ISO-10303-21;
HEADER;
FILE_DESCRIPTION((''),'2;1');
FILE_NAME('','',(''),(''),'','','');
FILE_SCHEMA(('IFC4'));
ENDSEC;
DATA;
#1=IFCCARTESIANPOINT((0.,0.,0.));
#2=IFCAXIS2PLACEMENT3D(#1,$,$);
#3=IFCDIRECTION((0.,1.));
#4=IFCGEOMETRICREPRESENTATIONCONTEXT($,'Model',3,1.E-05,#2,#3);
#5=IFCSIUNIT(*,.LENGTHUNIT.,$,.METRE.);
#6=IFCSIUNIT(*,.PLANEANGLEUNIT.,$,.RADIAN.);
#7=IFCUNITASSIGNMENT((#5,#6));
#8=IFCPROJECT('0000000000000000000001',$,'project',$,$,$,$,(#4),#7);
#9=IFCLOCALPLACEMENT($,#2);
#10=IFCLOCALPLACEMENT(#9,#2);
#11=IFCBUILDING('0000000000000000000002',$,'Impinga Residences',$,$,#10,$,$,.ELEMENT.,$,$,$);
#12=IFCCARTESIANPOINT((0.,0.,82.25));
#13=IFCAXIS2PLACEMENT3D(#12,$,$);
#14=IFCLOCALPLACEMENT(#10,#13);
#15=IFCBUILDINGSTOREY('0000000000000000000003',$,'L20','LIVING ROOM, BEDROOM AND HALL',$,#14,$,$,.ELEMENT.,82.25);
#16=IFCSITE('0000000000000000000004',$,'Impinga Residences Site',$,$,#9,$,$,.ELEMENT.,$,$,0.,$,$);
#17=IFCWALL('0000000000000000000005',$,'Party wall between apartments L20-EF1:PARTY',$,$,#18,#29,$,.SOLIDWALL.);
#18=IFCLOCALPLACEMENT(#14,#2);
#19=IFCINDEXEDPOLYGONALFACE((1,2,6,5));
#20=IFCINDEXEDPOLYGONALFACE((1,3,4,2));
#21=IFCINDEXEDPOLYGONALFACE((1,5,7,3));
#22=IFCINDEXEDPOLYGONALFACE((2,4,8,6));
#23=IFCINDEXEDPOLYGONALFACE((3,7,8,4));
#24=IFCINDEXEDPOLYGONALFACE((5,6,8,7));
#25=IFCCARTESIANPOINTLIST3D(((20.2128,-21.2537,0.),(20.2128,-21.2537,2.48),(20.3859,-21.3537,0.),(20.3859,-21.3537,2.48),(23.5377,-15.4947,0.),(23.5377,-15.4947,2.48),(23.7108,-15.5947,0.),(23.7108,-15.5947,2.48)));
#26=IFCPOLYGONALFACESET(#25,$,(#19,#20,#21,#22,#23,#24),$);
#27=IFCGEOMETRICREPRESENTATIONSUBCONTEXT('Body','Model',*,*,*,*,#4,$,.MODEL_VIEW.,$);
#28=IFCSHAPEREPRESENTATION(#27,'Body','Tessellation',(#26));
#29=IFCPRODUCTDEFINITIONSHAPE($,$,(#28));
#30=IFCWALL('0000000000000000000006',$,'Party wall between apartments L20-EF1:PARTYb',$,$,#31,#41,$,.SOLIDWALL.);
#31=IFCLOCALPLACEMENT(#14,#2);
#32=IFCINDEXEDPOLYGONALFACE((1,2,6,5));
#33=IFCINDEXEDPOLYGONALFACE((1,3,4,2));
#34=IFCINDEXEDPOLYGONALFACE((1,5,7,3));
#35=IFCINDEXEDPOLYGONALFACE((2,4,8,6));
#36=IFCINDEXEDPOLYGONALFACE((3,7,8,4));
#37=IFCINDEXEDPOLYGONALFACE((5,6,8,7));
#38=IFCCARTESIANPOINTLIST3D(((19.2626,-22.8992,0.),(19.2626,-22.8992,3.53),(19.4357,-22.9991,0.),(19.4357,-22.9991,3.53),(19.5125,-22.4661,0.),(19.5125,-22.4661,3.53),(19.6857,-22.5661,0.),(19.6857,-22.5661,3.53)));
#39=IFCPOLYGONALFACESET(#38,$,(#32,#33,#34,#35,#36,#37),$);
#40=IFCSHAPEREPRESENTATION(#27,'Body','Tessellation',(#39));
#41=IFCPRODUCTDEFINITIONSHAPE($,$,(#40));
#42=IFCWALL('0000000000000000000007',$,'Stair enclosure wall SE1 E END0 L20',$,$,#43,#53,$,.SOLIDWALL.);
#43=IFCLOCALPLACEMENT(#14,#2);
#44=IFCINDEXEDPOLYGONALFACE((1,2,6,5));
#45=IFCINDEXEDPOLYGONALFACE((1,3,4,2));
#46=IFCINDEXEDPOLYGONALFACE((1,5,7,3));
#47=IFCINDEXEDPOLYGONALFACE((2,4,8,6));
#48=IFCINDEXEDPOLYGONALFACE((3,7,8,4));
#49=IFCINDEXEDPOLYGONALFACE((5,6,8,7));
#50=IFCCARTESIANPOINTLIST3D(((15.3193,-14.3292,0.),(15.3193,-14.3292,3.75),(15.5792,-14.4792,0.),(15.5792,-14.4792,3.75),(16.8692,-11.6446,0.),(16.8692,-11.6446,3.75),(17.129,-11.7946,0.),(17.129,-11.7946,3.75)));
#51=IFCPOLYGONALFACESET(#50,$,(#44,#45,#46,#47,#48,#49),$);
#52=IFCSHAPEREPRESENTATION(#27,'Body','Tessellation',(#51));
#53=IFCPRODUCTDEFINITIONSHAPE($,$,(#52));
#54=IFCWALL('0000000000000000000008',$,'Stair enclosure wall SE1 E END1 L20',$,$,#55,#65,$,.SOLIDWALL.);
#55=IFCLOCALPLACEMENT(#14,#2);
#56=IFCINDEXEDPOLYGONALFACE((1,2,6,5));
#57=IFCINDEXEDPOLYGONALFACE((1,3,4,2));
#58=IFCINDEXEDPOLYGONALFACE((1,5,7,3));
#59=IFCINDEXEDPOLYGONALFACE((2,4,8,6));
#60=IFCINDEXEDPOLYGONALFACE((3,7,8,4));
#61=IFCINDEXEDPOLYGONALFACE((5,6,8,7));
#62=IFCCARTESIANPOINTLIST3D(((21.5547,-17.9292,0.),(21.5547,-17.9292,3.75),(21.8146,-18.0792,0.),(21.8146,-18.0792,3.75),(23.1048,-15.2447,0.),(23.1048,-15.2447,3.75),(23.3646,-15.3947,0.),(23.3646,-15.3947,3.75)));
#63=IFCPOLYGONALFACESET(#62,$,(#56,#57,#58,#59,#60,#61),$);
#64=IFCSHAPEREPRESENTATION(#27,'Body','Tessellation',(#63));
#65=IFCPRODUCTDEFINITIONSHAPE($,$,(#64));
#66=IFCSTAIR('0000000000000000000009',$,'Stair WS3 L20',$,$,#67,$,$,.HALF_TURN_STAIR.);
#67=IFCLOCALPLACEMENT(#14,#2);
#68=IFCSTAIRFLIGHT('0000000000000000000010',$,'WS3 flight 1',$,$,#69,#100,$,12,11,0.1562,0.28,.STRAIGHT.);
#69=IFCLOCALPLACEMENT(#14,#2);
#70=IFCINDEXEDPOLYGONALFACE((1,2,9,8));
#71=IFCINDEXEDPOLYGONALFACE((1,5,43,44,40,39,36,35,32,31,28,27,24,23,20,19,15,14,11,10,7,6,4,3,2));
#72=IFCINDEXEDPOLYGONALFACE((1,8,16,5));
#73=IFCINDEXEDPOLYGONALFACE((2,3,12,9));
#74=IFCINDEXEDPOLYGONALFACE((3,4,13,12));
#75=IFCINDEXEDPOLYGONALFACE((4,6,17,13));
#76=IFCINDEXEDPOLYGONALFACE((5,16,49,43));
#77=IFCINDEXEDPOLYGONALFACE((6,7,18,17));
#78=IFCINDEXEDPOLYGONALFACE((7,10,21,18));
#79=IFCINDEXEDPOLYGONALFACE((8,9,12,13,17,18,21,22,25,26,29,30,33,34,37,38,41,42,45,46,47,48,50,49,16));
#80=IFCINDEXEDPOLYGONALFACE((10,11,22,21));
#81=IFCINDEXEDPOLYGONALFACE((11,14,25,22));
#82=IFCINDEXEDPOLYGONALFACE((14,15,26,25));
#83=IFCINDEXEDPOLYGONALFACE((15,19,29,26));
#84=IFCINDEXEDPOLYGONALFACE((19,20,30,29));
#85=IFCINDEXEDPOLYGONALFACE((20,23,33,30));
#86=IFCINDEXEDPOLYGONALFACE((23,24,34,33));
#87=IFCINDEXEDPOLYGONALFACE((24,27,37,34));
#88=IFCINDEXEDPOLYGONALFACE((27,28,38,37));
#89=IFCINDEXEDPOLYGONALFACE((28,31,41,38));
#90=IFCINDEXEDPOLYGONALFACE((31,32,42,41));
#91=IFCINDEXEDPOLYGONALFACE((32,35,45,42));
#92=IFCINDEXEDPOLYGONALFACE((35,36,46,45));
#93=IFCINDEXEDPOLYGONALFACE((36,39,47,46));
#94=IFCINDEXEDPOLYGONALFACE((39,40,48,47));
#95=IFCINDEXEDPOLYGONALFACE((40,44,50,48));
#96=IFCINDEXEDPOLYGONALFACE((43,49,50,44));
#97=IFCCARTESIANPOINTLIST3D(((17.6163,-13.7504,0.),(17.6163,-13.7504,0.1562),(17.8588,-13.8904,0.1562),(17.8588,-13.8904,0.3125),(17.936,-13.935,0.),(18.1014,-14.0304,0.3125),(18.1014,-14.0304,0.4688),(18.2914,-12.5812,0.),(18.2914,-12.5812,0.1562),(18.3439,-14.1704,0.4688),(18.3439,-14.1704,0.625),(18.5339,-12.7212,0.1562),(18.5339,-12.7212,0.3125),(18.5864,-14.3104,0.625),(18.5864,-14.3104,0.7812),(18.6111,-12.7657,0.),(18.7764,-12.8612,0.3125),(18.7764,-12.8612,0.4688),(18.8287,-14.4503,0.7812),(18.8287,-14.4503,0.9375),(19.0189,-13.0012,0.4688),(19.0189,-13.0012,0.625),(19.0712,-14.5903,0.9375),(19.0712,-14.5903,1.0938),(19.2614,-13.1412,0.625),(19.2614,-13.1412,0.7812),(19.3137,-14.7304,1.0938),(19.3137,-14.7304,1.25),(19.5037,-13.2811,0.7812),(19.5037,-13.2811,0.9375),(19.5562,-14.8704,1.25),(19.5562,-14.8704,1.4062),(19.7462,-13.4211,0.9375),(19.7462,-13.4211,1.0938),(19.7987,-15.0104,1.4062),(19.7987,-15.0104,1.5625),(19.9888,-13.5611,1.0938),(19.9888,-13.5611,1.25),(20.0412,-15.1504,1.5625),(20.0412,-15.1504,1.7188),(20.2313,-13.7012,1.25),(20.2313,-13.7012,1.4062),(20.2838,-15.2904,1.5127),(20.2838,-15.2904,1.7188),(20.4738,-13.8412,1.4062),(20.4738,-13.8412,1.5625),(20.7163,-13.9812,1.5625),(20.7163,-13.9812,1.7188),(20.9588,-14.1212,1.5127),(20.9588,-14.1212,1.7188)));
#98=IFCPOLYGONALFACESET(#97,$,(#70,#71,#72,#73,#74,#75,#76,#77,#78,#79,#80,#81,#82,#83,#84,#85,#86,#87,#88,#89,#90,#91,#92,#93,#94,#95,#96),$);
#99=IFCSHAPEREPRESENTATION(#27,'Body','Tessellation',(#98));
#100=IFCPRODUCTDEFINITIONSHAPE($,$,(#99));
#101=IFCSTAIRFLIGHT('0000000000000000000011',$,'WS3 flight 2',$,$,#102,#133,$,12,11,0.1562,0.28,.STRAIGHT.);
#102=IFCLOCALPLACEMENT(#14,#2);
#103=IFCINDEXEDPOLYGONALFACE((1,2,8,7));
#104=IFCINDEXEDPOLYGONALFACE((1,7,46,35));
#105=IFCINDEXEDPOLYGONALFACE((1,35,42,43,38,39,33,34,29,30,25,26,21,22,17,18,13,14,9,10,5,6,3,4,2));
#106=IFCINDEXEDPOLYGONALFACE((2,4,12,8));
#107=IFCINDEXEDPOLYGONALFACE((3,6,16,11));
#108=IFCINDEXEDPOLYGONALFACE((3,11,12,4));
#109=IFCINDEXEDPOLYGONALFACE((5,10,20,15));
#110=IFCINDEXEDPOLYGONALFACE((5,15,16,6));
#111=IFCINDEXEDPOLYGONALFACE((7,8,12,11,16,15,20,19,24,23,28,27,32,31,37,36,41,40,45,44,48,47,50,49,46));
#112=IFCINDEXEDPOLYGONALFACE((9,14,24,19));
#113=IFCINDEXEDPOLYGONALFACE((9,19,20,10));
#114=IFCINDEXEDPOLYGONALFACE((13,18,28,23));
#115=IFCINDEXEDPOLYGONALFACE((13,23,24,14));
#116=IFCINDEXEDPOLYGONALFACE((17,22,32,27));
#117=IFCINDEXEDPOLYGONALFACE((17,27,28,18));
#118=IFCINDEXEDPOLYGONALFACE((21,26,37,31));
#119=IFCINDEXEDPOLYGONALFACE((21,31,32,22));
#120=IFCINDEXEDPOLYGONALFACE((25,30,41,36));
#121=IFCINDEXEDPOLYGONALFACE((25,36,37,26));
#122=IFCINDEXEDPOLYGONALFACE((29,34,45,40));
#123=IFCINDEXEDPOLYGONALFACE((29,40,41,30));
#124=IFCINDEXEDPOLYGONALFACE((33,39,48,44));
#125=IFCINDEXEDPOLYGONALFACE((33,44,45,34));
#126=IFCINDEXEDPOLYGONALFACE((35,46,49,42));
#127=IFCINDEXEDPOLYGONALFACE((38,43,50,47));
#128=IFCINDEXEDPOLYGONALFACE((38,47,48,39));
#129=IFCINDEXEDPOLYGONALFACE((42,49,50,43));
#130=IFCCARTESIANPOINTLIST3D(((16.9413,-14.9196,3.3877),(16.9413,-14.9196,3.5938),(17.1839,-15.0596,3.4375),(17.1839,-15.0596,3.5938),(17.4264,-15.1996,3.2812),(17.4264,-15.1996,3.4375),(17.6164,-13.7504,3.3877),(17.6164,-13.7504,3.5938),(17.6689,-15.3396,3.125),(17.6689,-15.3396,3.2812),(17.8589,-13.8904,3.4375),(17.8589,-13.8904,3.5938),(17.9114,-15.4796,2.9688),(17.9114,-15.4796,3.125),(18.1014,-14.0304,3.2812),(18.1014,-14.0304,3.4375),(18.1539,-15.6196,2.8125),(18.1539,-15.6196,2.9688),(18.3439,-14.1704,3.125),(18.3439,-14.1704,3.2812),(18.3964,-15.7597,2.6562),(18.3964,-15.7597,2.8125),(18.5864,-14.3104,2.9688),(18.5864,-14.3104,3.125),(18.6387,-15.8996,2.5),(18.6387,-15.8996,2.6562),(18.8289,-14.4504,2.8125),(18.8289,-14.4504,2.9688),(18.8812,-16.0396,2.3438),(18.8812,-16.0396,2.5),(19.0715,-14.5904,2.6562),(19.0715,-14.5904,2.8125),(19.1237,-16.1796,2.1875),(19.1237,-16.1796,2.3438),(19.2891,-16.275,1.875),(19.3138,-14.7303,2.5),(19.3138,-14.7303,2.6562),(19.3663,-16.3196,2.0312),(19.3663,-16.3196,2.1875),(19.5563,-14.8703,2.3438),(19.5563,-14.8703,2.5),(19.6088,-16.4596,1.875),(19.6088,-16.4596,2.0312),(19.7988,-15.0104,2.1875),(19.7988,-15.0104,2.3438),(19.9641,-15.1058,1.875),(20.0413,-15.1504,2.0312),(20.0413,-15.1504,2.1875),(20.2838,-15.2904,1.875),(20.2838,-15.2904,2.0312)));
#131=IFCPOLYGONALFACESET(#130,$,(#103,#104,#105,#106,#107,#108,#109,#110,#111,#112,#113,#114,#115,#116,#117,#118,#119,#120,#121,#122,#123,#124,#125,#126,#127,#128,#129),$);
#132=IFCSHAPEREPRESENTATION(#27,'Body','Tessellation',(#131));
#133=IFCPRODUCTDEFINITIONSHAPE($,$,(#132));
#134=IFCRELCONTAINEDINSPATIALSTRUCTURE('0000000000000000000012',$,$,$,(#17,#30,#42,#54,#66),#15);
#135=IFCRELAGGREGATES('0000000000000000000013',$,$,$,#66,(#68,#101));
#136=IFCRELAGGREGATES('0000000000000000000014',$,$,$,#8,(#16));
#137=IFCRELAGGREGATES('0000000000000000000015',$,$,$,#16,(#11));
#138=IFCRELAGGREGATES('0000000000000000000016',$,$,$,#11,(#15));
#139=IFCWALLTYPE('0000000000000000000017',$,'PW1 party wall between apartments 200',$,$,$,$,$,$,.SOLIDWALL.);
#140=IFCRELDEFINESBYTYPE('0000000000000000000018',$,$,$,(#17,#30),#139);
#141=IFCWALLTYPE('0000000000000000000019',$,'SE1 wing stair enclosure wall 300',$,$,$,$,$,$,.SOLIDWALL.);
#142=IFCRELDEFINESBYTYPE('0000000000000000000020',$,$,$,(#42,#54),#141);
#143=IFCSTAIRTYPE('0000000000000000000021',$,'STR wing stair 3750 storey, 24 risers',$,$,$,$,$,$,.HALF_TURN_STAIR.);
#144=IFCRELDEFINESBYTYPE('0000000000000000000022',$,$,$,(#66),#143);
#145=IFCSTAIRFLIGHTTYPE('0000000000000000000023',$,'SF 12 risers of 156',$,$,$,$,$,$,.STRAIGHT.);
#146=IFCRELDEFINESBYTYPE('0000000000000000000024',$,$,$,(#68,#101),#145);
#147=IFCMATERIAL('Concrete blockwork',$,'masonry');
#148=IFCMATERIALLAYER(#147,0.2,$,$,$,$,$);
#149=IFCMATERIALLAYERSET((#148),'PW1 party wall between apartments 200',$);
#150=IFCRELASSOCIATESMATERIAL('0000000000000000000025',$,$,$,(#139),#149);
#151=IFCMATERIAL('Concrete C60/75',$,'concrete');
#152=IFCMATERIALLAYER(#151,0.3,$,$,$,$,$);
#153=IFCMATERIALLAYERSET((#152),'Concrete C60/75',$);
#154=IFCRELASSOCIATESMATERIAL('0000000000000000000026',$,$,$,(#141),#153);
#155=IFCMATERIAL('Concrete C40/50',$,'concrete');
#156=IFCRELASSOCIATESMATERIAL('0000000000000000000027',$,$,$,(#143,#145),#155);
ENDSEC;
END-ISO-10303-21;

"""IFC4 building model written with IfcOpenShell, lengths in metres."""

from ifc_helpers import new_model, si_unit, direction, frame, frame_2d, origin, place, context, subcontext, project, spatial, polyline, rectangle, outline, extrude, material, layer, layer_set, type_object, element, aggregate, save


model = new_model("IFC4")

# Units and contexts
model_context = context("Model", 3, precision=1e-05, world=origin(), true_north=direction((0.0, 1.0)))
body_context = subcontext(model_context, "Body", "Model", "MODEL_VIEW")
ifc_project = project(units=[si_unit("LENGTHUNIT", "METRE"), si_unit("PLANEANGLEUNIT", "RADIAN")], contexts=[model_context])

# Site, building, storey
site_placement = place(None, origin())
site = spatial("IfcSite", under=ifc_project, at=site_placement, Name="Impinga Residences Site", CompositionType="ELEMENT", RefElevation=0.0)
building_placement = place(site_placement, origin())
building = spatial("IfcBuilding", under=site, at=building_placement, Name="Impinga Residences", CompositionType="ELEMENT")
storey_placement = place(building_placement, frame((0.0, 0.0, 82.25)))
storey = spatial("IfcBuildingStorey", under=building, at=storey_placement, Name="L20", Description="LIVING ROOM, BEDROOM AND HALL", CompositionType="ELEMENT", Elevation=82.25)

# Shared definitions
ifc_material_1 = material(Name="Concrete C60/75", Category="concrete")

# Shared definitions
ifc_material_2 = material(Name="Concrete blockwork", Category="masonry")

# Walls
ifc_layer_1 = layer(ifc_material_2, 0.2)
ifc_layer_set_1 = layer_set([ifc_layer_1], Name="PW1 party wall between apartments 200")
wall_type_1 = type_object("IfcWallType", Name="PW1 party wall between apartments 200", PredefinedType="SOLIDWALL", material=ifc_layer_set_1)
wall_1_placement = place(storey_placement, frame((23.6243, -15.5447, 0.0), z_axis=(0.0, 0.0, 1.0), x_axis=(-0.499997, -0.866027, 0.0)))
element("IfcWall", 1, at=wall_1_placement, inside=storey, type_object=wall_type_1, Name="Party wall between apartments L20-EF1:PARTY", PredefinedType="SOLIDWALL", context=body_context, shape_type="SweptSolid", body=[
    extrude(rectangle(XDim=6.6499, YDim=0.2, at=frame_2d((3.325, 0.0))), origin(), (0.0, 0.0, 1.0), 2.48),
])
wall_2_placement = place(storey_placement, frame((19.5991, -22.5161, 0.0), z_axis=(0.0, 0.0, 1.0), x_axis=(-0.49992, -0.866072, 0.0)))
element("IfcWall", 2, at=wall_2_placement, inside=storey, type_object=wall_type_1, Name="Party wall between apartments L20-EF1:PARTYb", PredefinedType="SOLIDWALL", context=body_context, shape_type="SweptSolid", body=[
    extrude(rectangle(XDim=0.5, YDim=0.2, at=frame_2d((0.25, 0.0))), origin(), (0.0, 0.0, 1.0), 3.53),
])
ifc_layer_2 = layer(ifc_material_1, 0.3)
ifc_layer_set_2 = layer_set([ifc_layer_2], Name="Concrete C60/75")
wall_type_2 = type_object("IfcWallType", Name="SE1 wing stair enclosure wall 300", PredefinedType="SOLIDWALL", material=ifc_layer_set_2)
for number, where, z_axis, x_axis, name in (
    (3, (16.999, -11.7197, 0.0), (0.0, 0.0, 1.0), (-0.499968, -0.866044, 0.0), "Stair enclosure wall SE1 E END0 L20"),
    (4, (23.2346, -15.3198, 0.0), (0.0, 0.0, 1.0), (-0.500027, -0.86601, 0.0), "Stair enclosure wall SE1 E END1 L20"),
):
    element("IfcWall", number, at=place(storey_placement, frame(where, z_axis=z_axis, x_axis=x_axis)), inside=storey, type_object=wall_type_2, Name=name, PredefinedType="SOLIDWALL", context=body_context, shape_type="SweptSolid", body=[
        extrude(rectangle(XDim=3.0999, YDim=0.3, at=frame_2d((1.5498, 0.0))), origin(), (0.0, 0.0, 1.0), 3.75),
    ])

# Stair, stair flights
ifc_material_3 = material(Name="Concrete C40/50", Category="concrete")
stair_type = type_object("IfcStairType", Name="STR wing stair 3750 storey, 24 risers", PredefinedType="HALF_TURN_STAIR", material=ifc_material_3)
stair_placement = place(storey_placement, origin())
stair = element("IfcStair", 5, at=stair_placement, inside=storey, type_object=stair_type, Name="Stair WS3 L20", PredefinedType="HALF_TURN_STAIR")
stair_flight_type = type_object("IfcStairFlightType", Name="SF 12 risers of 156", PredefinedType="STRAIGHT", material=ifc_material_3)
stair_flight_1_placement = place(storey_placement, frame((17.9539, -13.1658, 0.0), z_axis=(0.0, 0.0, 1.0), x_axis=(0.866025, -0.5, 0.0)))
stair_flight_1 = element("IfcStairFlight", 6, at=stair_flight_1_placement, type_object=stair_flight_type, Name="WS3 flight 1", NumberOfRisers=12, NumberOfTreads=11, PredefinedType="STRAIGHT", RiserHeight=0.1562, TreadLength=0.28, context=body_context, shape_type="SweptSolid", body=[
    extrude(outline(polyline([(0.0, 0.0), (0.0, 0.1562), (0.28, 0.1562), (0.28, 0.3125), (0.5601, 0.3125), (0.5601, 0.4688), (0.8401, 0.4688), (0.8401, 0.625), (1.1201, 0.625), (1.1201, 0.7812), (1.3999, 0.7812), (1.3999, 0.9375), (1.6799, 0.9375), (1.6799, 1.0938), (1.96, 1.0938), (1.96, 1.25), (2.24, 1.25), (2.24, 1.4062), (2.52, 1.4062), (2.52, 1.5625), (2.8, 1.5625), (2.8, 1.7188), (3.0801, 1.7188), (3.0801, 1.875), (3.0801, 1.5127), (0.3691, 0.0), (0.0, 0.0)])), frame((0.0, 0.675, 0.0), z_axis=(0.0, -1.0, 0.0), x_axis=(1.0, 0.0, 0.0)), (0.0, 0.0, 1.0), 1.3501),
])
stair_flight_2_placement = place(storey_placement, frame((19.9463, -15.875, 1.875), z_axis=(0.0, 0.0, 1.0), x_axis=(-0.866025, 0.5, 0.0)))
stair_flight_2 = element("IfcStairFlight", 7, at=stair_flight_2_placement, type_object=stair_flight_type, Name="WS3 flight 2", NumberOfRisers=12, NumberOfTreads=11, PredefinedType="STRAIGHT", RiserHeight=0.1562, TreadLength=0.28, context=body_context, shape_type="SweptSolid", body=[
    extrude(outline(polyline([(0.0, 0.0), (0.0, 0.1562), (0.28, 0.1562), (0.28, 0.3125), (0.5601, 0.3125), (0.5601, 0.4688), (0.8401, 0.4688), (0.8401, 0.625), (1.1201, 0.625), (1.1201, 0.7812), (1.3999, 0.7812), (1.3999, 0.9375), (1.6799, 0.9375), (1.6799, 1.0938), (1.96, 1.0938), (1.96, 1.25), (2.24, 1.25), (2.24, 1.4062), (2.52, 1.4062), (2.52, 1.5625), (2.8, 1.5625), (2.8, 1.7188), (3.0801, 1.7188), (3.0801, 1.875), (3.0801, 1.5127), (0.3691, 0.0), (0.0, 0.0)])), frame((0.0, 0.675, 0.0), z_axis=(0.0, -1.0, 0.0), x_axis=(1.0, 0.0, 0.0)), (0.0, 0.0, 1.0), 1.3501),
])
aggregate(stair, [stair_flight_1, stair_flight_2])

save(model, "model.ifc")
